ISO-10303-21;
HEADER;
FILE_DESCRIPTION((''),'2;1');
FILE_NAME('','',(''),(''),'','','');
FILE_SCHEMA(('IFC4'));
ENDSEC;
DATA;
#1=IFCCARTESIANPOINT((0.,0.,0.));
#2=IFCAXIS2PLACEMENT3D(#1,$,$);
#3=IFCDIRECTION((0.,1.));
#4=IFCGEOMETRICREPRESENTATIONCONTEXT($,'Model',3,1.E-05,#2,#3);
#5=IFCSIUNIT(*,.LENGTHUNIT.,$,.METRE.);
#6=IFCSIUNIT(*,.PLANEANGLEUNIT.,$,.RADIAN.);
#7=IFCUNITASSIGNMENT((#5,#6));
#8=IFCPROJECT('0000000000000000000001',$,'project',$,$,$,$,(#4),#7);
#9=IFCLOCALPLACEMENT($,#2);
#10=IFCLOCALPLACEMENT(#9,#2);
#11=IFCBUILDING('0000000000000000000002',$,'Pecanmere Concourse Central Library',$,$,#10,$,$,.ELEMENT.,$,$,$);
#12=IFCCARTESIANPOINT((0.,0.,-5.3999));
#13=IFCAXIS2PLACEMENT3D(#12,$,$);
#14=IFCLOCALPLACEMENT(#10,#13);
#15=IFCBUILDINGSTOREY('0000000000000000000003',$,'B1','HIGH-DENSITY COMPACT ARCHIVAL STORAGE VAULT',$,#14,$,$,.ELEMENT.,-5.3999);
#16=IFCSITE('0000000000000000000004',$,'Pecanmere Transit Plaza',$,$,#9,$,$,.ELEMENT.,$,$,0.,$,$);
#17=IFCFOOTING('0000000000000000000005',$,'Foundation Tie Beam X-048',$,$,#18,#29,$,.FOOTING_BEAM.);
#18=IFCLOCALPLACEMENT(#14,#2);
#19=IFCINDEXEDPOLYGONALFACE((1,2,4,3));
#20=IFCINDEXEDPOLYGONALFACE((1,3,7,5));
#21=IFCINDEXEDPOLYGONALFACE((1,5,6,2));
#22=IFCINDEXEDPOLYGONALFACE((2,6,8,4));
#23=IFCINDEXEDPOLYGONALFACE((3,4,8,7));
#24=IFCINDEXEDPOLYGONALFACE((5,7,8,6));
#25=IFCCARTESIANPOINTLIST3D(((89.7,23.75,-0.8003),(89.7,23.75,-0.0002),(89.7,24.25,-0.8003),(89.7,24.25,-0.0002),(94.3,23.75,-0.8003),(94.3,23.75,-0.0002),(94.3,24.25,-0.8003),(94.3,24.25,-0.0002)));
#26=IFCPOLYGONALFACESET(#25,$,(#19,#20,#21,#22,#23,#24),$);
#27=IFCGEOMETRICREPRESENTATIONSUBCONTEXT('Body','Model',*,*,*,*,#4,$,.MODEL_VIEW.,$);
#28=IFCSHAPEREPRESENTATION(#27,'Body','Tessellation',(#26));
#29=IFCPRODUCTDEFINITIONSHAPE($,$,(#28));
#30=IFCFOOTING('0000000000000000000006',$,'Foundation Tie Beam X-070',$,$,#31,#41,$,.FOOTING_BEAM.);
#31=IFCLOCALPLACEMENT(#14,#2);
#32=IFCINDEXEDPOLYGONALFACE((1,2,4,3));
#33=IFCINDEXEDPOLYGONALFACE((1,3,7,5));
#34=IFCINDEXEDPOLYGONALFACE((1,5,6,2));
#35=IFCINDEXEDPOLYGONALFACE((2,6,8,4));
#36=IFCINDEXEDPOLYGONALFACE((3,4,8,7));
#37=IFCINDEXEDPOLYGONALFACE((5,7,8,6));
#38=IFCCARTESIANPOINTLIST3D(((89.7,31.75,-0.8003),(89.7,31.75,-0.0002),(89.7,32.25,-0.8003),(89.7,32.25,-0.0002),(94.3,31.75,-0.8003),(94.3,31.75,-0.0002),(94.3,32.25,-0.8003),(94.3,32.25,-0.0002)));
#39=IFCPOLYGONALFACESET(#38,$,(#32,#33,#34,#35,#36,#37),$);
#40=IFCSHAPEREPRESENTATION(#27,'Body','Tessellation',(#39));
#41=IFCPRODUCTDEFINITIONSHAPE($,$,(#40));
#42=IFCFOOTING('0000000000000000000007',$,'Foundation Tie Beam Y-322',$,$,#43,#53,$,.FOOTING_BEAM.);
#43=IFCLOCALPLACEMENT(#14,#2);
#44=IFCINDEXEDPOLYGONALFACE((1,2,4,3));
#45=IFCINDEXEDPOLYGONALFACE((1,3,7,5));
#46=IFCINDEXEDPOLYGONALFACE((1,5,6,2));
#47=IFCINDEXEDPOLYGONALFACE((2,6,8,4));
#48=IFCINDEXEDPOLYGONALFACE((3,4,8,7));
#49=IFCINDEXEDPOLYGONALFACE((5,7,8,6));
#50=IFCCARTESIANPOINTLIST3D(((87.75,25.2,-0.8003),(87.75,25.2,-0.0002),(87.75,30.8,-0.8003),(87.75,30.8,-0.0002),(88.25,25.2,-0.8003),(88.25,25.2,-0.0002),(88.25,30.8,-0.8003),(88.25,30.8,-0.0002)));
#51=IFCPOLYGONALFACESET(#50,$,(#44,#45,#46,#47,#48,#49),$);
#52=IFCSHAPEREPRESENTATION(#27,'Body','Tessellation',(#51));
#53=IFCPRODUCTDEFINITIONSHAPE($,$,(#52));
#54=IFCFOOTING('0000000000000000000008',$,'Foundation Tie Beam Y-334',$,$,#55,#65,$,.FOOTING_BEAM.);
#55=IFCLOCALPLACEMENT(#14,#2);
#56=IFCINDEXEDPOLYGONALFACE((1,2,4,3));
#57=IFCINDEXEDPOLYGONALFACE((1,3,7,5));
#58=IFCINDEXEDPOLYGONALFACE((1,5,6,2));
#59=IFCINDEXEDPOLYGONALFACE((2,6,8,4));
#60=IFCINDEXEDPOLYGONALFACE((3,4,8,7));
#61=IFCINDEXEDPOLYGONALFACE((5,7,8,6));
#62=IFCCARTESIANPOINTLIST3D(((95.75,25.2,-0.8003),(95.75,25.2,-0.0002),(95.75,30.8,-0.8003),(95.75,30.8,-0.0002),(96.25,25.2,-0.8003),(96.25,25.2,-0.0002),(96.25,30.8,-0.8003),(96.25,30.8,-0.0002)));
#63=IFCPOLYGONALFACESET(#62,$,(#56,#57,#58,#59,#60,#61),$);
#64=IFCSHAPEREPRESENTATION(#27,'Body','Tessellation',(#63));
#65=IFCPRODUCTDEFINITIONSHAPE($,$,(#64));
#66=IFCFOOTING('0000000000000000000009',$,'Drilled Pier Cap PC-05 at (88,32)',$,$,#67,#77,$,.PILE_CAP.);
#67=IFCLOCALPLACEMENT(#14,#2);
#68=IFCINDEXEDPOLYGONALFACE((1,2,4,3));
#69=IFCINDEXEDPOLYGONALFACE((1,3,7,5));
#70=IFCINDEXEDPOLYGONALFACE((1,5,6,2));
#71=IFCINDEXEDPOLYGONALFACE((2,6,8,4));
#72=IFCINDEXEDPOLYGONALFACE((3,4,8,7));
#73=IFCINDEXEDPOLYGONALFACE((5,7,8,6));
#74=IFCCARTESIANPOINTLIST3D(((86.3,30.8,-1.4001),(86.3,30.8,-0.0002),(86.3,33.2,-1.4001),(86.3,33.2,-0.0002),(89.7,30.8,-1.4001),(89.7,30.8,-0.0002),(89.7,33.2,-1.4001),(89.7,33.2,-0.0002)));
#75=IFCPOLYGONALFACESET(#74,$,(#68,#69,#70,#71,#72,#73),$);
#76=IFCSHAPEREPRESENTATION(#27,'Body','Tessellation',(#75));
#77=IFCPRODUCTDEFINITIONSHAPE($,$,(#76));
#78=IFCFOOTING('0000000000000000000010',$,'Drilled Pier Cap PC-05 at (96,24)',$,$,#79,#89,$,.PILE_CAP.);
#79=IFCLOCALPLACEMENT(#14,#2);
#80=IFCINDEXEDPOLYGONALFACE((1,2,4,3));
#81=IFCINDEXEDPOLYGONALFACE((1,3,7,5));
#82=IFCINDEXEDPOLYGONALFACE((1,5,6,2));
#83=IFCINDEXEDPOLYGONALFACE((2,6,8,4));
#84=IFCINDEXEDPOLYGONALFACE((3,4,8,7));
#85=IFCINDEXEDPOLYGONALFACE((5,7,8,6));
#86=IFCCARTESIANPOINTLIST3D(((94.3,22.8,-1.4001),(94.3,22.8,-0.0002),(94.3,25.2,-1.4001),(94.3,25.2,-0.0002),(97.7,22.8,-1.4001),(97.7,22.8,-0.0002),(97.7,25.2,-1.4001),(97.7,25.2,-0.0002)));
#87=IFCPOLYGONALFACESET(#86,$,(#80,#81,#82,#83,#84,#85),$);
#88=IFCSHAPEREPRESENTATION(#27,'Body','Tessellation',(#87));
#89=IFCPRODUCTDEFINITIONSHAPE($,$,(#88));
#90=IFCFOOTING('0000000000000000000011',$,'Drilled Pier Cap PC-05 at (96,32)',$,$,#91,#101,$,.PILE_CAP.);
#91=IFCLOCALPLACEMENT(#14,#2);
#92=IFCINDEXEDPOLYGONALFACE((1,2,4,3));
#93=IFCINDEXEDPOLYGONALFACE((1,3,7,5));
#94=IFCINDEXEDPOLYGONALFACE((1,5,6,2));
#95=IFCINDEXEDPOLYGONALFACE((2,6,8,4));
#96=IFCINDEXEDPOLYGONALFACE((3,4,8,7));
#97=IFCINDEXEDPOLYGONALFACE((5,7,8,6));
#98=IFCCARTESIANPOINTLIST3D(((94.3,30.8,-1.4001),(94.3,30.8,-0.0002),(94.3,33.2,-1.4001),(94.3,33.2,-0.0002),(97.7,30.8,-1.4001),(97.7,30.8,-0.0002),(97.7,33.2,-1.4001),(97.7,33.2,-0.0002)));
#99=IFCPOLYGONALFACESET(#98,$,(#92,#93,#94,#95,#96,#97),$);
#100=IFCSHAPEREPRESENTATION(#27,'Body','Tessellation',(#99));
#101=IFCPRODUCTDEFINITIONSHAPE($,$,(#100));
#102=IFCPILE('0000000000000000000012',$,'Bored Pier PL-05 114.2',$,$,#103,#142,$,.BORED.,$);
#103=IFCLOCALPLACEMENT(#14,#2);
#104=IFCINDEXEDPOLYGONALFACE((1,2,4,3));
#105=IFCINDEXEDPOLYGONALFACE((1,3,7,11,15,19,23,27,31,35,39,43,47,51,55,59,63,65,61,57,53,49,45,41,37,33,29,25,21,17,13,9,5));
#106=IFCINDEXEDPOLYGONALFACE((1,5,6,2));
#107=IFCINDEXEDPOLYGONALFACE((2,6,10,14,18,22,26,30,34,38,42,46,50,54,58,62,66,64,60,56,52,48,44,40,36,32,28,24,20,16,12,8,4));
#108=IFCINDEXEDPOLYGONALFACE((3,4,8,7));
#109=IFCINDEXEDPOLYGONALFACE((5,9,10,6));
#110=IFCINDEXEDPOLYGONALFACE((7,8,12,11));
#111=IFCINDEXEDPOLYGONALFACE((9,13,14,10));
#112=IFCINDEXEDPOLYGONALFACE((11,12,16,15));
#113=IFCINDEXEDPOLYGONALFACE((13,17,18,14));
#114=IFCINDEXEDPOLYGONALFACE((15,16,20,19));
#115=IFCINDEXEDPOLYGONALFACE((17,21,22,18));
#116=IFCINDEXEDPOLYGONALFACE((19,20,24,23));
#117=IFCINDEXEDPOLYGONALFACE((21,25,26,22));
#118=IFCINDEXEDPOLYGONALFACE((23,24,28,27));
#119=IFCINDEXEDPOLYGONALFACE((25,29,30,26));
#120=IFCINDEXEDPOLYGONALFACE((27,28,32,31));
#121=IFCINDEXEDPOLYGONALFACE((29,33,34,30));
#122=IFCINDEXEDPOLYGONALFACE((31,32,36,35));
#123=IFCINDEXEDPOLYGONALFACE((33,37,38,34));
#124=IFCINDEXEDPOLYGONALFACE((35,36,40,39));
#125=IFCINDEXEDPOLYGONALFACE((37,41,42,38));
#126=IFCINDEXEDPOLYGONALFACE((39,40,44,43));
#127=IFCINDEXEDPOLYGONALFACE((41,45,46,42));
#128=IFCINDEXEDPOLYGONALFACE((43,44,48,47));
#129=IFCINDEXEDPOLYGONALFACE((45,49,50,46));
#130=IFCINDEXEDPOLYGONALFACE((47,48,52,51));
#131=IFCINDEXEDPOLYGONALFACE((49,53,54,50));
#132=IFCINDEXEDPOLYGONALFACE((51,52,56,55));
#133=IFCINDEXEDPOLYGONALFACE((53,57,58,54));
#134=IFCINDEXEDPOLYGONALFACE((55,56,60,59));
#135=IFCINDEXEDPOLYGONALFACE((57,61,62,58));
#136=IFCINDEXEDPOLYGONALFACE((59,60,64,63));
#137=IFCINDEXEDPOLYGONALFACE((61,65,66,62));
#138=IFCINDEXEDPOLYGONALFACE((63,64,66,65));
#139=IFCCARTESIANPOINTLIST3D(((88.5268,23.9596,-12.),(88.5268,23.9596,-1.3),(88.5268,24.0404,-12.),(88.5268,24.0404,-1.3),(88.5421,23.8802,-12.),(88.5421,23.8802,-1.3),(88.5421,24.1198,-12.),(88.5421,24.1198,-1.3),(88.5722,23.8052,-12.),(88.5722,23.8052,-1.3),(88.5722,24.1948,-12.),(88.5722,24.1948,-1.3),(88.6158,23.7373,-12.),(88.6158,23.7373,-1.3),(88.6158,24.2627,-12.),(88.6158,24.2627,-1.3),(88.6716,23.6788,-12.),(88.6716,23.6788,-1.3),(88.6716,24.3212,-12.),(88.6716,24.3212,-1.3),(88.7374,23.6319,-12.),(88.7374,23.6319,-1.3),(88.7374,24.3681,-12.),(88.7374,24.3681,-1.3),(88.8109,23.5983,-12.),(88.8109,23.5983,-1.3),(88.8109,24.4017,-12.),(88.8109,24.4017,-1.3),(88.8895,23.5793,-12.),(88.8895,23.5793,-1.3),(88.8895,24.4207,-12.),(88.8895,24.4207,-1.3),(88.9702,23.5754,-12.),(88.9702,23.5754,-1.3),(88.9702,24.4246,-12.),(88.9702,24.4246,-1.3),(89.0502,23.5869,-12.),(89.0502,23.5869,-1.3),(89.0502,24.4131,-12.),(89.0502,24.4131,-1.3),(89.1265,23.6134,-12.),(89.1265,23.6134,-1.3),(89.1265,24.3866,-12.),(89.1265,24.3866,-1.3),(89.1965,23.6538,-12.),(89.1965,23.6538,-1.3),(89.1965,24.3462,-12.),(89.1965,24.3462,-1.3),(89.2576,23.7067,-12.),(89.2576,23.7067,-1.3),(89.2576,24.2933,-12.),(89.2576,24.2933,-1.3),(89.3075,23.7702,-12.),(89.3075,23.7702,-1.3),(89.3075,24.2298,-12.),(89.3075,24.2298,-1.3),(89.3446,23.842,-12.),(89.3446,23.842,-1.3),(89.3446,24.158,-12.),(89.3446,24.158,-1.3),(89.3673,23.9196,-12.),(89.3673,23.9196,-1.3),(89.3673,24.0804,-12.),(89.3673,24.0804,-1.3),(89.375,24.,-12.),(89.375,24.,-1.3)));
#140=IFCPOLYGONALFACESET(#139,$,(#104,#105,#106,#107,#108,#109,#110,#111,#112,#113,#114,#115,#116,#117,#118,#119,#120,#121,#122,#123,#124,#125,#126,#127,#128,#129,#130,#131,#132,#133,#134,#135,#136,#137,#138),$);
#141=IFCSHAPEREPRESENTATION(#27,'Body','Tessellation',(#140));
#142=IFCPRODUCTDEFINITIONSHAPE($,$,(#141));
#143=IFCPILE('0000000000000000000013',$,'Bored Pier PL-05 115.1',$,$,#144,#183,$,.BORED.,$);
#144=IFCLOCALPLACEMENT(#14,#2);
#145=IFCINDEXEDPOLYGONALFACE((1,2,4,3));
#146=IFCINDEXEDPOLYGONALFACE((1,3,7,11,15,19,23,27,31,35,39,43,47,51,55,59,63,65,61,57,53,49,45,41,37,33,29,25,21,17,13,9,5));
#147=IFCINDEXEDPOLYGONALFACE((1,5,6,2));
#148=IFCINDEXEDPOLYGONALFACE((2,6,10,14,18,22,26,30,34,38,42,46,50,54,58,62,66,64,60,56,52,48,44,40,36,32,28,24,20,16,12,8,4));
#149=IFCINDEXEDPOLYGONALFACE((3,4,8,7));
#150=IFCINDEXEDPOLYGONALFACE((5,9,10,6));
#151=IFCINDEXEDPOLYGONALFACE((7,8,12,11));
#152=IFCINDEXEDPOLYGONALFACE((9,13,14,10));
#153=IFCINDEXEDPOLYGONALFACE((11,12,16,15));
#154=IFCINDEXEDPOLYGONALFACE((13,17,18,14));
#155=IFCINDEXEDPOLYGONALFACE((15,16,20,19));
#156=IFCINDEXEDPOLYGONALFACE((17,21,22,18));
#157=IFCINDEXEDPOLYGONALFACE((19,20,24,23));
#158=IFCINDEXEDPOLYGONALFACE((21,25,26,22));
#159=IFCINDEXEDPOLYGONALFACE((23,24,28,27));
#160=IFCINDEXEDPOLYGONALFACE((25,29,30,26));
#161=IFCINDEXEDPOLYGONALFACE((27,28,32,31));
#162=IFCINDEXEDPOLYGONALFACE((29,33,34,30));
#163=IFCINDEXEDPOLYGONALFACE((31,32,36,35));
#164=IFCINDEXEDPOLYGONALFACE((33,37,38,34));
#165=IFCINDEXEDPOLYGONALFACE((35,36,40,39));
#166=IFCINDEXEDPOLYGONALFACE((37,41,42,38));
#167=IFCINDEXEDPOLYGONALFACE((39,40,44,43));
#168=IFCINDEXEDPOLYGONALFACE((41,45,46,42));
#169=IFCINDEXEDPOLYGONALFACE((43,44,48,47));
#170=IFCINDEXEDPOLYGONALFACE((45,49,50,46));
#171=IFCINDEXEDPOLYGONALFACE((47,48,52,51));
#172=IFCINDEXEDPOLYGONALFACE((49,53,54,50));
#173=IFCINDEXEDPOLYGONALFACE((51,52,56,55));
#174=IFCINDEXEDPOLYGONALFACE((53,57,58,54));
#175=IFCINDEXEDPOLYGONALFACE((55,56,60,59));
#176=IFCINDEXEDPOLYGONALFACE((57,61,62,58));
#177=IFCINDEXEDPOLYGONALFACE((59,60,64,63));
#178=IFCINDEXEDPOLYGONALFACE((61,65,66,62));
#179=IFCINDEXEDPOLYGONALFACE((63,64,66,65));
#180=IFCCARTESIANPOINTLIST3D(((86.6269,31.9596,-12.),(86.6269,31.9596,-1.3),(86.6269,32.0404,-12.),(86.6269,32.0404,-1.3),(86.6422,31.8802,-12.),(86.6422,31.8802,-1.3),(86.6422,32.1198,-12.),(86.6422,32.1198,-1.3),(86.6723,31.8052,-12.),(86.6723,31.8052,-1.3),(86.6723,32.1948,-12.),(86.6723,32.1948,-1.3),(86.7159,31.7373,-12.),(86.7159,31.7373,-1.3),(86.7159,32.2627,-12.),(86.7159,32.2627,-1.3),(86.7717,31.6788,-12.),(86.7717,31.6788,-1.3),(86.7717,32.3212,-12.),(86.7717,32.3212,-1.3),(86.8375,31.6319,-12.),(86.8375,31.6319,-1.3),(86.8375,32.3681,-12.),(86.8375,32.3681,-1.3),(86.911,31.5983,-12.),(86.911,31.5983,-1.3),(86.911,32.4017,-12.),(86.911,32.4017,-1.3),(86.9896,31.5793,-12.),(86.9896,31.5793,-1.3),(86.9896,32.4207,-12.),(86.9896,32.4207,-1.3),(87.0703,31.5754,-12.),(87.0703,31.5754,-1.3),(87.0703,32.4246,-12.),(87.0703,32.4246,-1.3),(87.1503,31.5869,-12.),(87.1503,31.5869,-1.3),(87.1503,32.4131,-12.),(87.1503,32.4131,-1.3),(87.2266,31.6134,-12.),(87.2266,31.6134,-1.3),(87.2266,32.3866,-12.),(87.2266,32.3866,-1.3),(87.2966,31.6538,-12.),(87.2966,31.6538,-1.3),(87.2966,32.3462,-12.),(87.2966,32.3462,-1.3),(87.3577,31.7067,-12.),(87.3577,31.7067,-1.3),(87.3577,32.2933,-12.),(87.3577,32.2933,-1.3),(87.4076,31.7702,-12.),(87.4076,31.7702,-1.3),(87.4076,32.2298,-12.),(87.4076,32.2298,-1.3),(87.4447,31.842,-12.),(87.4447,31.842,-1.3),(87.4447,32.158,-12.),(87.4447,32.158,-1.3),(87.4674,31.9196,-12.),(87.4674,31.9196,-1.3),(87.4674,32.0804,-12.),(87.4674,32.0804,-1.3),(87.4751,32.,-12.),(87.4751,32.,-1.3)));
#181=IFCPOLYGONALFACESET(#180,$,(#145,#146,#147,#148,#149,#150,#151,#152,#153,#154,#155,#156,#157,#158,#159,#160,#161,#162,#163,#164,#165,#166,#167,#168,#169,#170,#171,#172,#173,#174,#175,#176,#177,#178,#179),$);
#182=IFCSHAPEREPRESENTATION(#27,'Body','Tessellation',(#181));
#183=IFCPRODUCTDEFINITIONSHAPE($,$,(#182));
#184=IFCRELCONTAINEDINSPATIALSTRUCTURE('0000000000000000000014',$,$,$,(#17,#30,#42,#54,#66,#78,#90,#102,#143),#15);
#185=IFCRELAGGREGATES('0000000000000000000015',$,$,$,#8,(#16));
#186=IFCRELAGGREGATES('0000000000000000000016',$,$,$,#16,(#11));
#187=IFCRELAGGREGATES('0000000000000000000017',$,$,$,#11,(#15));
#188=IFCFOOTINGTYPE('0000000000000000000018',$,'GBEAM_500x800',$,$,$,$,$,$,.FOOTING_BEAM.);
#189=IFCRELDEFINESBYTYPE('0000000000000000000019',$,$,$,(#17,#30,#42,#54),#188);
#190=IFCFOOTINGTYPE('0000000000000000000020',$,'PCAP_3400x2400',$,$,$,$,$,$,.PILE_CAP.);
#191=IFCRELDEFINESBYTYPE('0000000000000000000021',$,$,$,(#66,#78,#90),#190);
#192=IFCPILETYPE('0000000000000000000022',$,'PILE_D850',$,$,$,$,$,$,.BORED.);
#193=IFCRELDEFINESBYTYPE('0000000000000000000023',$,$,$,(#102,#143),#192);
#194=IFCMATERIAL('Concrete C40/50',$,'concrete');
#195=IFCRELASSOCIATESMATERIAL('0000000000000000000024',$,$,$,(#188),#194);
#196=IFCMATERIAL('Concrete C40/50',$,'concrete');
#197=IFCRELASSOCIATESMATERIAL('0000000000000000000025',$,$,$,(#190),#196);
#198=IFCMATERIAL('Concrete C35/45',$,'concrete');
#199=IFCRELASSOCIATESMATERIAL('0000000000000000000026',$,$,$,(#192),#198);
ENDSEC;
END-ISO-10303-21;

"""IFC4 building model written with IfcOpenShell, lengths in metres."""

from ifc_helpers import new_model, si_unit, direction, frame, origin, origin_2d, place, context, subcontext, project, spatial, rectangle, circle, extrude, material, material_profile, profile_set, type_object, element, save


model = new_model("IFC4")

# Units and contexts
model_context = context("Model", 3, precision=1e-05, world=origin(), true_north=direction((0.0, 1.0)))
body_context = subcontext(model_context, "Body", "Model", "MODEL_VIEW")
ifc_project = project(units=[si_unit("LENGTHUNIT", "METRE"), si_unit("PLANEANGLEUNIT", "RADIAN")], contexts=[model_context])

# Site, building, storey
site_placement = place(None, origin())
site = spatial("IfcSite", under=ifc_project, at=site_placement, Name="Pecanmere Transit Plaza", CompositionType="ELEMENT", RefElevation=0.0)
building_placement = place(site_placement, origin())
building = spatial("IfcBuilding", under=site, at=building_placement, Name="Pecanmere Concourse Central Library", CompositionType="ELEMENT")
storey_placement = place(building_placement, frame((0.0, 0.0, -5.3999)))
storey = spatial("IfcBuildingStorey", under=building, at=storey_placement, Name="B1", Description="HIGH-DENSITY COMPACT ARCHIVAL STORAGE VAULT", CompositionType="ELEMENT", Elevation=-5.3999)

# Footings
ifc_material_1 = material(Name="Concrete C40/50", Category="concrete")
ifc_material_profile_1 = material_profile(ifc_material_1, rectangle(XDim=0.5, YDim=0.8, at=origin_2d()), Name="RC 500x800")
ifc_profile_set_1 = profile_set([ifc_material_profile_1], Name="Concrete C40/50")
footing_type_1 = type_object("IfcFootingType", Name="GBEAM_500x800", PredefinedType="FOOTING_BEAM", material=ifc_profile_set_1)
for number, where, z_axis, x_axis, name in (
    (1, (92.0, 24.0, -0.8003), (0.0, 0.0, 1.0), (1.0, 0.0, 0.0), "Foundation Tie Beam X-048"),
    (2, (92.0, 32.0, -0.8003), (0.0, 0.0, 1.0), (1.0, 0.0, 0.0), "Foundation Tie Beam X-070"),
):
    element("IfcFooting", number, at=place(storey_placement, frame(where, z_axis=z_axis, x_axis=x_axis)), inside=storey, type_object=footing_type_1, Name=name, PredefinedType="FOOTING_BEAM", context=body_context, shape_type="SweptSolid", body=[
        extrude(rectangle(XDim=4.6001, YDim=0.5, at=origin_2d()), origin(), (0.0, 0.0, 1.0), 0.8),
    ])
for number, where, z_axis, x_axis, name in (
    (3, (88.0, 28.0, -0.8003), (0.0, 0.0, 1.0), (0.0, 1.0, 0.0), "Foundation Tie Beam Y-322"),
    (4, (96.0, 28.0, -0.8003), (0.0, 0.0, 1.0), (0.0, 1.0, 0.0), "Foundation Tie Beam Y-334"),
):
    element("IfcFooting", number, at=place(storey_placement, frame(where, z_axis=z_axis, x_axis=x_axis)), inside=storey, type_object=footing_type_1, Name=name, PredefinedType="FOOTING_BEAM", context=body_context, shape_type="SweptSolid", body=[
        extrude(rectangle(XDim=5.6001, YDim=0.5, at=origin_2d()), origin(), (0.0, 0.0, 1.0), 0.8),
    ])
ifc_material_2 = material(Name="Concrete C40/50", Category="concrete")
footing_type_2 = type_object("IfcFootingType", Name="PCAP_3400x2400", PredefinedType="PILE_CAP", material=ifc_material_2)
for number, where, z_axis, x_axis, name in (
    (5, (88.0, 32.0, -1.4001), (0.0, 0.0, 1.0), (1.0, 0.0, 0.0), "Drilled Pier Cap PC-05 at (88,32)"),
    (6, (96.0, 24.0, -1.4001), (0.0, 0.0, 1.0), (1.0, 0.0, 0.0), "Drilled Pier Cap PC-05 at (96,24)"),
    (7, (96.0, 32.0, -1.4001), (0.0, 0.0, 1.0), (1.0, 0.0, 0.0), "Drilled Pier Cap PC-05 at (96,32)"),
):
    element("IfcFooting", number, at=place(storey_placement, frame(where, z_axis=z_axis, x_axis=x_axis)), inside=storey, type_object=footing_type_2, Name=name, PredefinedType="PILE_CAP", context=body_context, shape_type="SweptSolid", body=[
        extrude(rectangle(XDim=3.3999, YDim=2.3999, at=origin_2d()), origin(), (0.0, 0.0, 1.0), 1.3999),
    ])

# Piles
ifc_material_3 = material(Name="Concrete C35/45", Category="concrete")
ifc_material_profile_2 = material_profile(ifc_material_3, circle(Radius=0.425, at=origin_2d()), Name="PIER D850")
ifc_profile_set_2 = profile_set([ifc_material_profile_2], Name="Concrete C35/45")
pile_type = type_object("IfcPileType", Name="PILE_D850", PredefinedType="BORED", material=ifc_profile_set_2)
for number, where, z_axis, x_axis, name in (
    (8, (88.95, 24.0, -1.3), (0.0, 0.0, -1.0), (1.0, 0.0, 0.0), "Bored Pier PL-05 114.2"),
    (9, (87.05, 32.0, -1.3), (0.0, 0.0, -1.0), (1.0, 0.0, 0.0), "Bored Pier PL-05 115.1"),
):
    element("IfcPile", number, at=place(storey_placement, frame(where, z_axis=z_axis, x_axis=x_axis)), inside=storey, type_object=pile_type, Name=name, PredefinedType="BORED", context=body_context, shape_type="SweptSolid", body=[
        extrude(circle(Radius=0.425, at=origin_2d()), origin(), (0.0, 0.0, 1.0), 10.7),
    ])

save(model, "model.ifc")
